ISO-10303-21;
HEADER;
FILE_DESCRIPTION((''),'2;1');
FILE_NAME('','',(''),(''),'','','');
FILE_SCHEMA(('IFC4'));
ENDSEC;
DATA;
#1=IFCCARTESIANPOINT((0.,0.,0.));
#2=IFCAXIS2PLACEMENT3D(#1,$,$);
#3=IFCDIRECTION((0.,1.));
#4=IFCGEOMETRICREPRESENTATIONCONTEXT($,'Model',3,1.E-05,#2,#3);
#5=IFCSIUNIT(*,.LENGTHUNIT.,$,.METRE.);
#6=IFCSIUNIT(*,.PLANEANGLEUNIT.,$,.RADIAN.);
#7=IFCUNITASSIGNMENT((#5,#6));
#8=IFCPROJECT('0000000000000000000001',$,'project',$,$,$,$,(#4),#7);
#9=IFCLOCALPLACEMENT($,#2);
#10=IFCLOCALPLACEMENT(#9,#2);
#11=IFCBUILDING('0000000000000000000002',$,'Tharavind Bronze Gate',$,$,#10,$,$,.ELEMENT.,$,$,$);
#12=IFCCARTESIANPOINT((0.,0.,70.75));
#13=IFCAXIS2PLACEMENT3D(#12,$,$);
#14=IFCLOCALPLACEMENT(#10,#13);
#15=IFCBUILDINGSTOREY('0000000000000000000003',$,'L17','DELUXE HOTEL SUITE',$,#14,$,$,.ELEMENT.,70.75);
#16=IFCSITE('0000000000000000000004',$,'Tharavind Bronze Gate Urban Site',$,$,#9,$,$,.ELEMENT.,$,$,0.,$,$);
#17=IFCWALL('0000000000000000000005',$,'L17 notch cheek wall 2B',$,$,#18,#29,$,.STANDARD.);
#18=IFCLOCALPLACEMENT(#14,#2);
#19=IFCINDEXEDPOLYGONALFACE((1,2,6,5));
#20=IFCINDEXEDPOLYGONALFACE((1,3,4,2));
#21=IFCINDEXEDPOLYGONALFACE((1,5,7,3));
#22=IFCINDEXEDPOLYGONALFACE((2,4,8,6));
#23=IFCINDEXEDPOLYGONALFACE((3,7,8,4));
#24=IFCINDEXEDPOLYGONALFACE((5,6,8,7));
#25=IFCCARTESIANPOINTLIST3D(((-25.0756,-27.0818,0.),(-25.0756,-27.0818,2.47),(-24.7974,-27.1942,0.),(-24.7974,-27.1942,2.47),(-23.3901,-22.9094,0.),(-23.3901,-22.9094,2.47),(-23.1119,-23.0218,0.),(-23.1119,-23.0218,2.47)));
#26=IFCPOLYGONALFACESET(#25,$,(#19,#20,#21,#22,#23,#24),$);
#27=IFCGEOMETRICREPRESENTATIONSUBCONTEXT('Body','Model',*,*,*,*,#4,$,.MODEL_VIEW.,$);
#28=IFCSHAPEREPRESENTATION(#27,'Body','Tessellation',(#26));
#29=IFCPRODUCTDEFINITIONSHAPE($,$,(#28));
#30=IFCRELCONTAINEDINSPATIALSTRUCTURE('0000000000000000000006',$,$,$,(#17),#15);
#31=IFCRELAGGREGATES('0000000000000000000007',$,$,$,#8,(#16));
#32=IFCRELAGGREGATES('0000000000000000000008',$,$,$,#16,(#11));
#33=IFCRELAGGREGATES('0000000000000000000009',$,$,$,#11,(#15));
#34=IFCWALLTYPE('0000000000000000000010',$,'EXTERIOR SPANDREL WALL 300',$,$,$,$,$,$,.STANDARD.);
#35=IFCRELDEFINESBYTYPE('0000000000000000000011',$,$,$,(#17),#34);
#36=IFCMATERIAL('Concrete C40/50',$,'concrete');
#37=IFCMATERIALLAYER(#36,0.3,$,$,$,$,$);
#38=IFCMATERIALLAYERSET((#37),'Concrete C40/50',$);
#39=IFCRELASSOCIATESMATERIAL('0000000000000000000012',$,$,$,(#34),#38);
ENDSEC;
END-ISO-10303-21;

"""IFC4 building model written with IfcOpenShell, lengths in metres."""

from ifc_helpers import new_model, si_unit, direction, frame, frame_2d, origin, place, context, subcontext, project, spatial, rectangle, extrude, material, layer, layer_set, type_object, element, save


model = new_model("IFC4")

# Units and contexts
model_context = context("Model", 3, precision=1e-05, world=origin(), true_north=direction((0.0, 1.0)))
body_context = subcontext(model_context, "Body", "Model", "MODEL_VIEW")
ifc_project = project(units=[si_unit("LENGTHUNIT", "METRE"), si_unit("PLANEANGLEUNIT", "RADIAN")], contexts=[model_context])

# Site, building, storey
site_placement = place(None, origin())
site = spatial("IfcSite", under=ifc_project, at=site_placement, Name="Tharavind Bronze Gate Urban Site", CompositionType="ELEMENT", RefElevation=0.0)
building_placement = place(site_placement, origin())
building = spatial("IfcBuilding", under=site, at=building_placement, Name="Tharavind Bronze Gate", CompositionType="ELEMENT")
storey_placement = place(building_placement, frame((0.0, 0.0, 70.75)))
storey = spatial("IfcBuildingStorey", under=building, at=storey_placement, Name="L17", Description="DELUXE HOTEL SUITE", CompositionType="ELEMENT", Elevation=70.75)

# Wall
ifc_material_1 = material(Name="Concrete C40/50", Category="concrete")
ifc_layer_1 = layer(ifc_material_1, 0.3)
ifc_layer_set_1 = layer_set([ifc_layer_1], Name="Concrete C40/50")
wall_type = type_object("IfcWallType", Name="EXTERIOR SPANDREL WALL 300", PredefinedType="STANDARD", material=ifc_layer_set_1)
wall_1_placement = place(storey_placement, frame((-23.251, -22.9656, 0.0), z_axis=(0.0, 0.0, 1.0), x_axis=(-0.374569, -0.927199, 0.0)))
element("IfcWall", 1, at=wall_1_placement, inside=storey, type_object=wall_type, Name="L17 notch cheek wall 2B", PredefinedType="STANDARD", context=body_context, shape_type="SweptSolid", body=[
    extrude(rectangle(XDim=4.5, YDim=0.3, at=frame_2d((2.25, 0.0))), origin(), (0.0, 0.0, 1.0), 2.47),
])

save(model, "model.ifc")
